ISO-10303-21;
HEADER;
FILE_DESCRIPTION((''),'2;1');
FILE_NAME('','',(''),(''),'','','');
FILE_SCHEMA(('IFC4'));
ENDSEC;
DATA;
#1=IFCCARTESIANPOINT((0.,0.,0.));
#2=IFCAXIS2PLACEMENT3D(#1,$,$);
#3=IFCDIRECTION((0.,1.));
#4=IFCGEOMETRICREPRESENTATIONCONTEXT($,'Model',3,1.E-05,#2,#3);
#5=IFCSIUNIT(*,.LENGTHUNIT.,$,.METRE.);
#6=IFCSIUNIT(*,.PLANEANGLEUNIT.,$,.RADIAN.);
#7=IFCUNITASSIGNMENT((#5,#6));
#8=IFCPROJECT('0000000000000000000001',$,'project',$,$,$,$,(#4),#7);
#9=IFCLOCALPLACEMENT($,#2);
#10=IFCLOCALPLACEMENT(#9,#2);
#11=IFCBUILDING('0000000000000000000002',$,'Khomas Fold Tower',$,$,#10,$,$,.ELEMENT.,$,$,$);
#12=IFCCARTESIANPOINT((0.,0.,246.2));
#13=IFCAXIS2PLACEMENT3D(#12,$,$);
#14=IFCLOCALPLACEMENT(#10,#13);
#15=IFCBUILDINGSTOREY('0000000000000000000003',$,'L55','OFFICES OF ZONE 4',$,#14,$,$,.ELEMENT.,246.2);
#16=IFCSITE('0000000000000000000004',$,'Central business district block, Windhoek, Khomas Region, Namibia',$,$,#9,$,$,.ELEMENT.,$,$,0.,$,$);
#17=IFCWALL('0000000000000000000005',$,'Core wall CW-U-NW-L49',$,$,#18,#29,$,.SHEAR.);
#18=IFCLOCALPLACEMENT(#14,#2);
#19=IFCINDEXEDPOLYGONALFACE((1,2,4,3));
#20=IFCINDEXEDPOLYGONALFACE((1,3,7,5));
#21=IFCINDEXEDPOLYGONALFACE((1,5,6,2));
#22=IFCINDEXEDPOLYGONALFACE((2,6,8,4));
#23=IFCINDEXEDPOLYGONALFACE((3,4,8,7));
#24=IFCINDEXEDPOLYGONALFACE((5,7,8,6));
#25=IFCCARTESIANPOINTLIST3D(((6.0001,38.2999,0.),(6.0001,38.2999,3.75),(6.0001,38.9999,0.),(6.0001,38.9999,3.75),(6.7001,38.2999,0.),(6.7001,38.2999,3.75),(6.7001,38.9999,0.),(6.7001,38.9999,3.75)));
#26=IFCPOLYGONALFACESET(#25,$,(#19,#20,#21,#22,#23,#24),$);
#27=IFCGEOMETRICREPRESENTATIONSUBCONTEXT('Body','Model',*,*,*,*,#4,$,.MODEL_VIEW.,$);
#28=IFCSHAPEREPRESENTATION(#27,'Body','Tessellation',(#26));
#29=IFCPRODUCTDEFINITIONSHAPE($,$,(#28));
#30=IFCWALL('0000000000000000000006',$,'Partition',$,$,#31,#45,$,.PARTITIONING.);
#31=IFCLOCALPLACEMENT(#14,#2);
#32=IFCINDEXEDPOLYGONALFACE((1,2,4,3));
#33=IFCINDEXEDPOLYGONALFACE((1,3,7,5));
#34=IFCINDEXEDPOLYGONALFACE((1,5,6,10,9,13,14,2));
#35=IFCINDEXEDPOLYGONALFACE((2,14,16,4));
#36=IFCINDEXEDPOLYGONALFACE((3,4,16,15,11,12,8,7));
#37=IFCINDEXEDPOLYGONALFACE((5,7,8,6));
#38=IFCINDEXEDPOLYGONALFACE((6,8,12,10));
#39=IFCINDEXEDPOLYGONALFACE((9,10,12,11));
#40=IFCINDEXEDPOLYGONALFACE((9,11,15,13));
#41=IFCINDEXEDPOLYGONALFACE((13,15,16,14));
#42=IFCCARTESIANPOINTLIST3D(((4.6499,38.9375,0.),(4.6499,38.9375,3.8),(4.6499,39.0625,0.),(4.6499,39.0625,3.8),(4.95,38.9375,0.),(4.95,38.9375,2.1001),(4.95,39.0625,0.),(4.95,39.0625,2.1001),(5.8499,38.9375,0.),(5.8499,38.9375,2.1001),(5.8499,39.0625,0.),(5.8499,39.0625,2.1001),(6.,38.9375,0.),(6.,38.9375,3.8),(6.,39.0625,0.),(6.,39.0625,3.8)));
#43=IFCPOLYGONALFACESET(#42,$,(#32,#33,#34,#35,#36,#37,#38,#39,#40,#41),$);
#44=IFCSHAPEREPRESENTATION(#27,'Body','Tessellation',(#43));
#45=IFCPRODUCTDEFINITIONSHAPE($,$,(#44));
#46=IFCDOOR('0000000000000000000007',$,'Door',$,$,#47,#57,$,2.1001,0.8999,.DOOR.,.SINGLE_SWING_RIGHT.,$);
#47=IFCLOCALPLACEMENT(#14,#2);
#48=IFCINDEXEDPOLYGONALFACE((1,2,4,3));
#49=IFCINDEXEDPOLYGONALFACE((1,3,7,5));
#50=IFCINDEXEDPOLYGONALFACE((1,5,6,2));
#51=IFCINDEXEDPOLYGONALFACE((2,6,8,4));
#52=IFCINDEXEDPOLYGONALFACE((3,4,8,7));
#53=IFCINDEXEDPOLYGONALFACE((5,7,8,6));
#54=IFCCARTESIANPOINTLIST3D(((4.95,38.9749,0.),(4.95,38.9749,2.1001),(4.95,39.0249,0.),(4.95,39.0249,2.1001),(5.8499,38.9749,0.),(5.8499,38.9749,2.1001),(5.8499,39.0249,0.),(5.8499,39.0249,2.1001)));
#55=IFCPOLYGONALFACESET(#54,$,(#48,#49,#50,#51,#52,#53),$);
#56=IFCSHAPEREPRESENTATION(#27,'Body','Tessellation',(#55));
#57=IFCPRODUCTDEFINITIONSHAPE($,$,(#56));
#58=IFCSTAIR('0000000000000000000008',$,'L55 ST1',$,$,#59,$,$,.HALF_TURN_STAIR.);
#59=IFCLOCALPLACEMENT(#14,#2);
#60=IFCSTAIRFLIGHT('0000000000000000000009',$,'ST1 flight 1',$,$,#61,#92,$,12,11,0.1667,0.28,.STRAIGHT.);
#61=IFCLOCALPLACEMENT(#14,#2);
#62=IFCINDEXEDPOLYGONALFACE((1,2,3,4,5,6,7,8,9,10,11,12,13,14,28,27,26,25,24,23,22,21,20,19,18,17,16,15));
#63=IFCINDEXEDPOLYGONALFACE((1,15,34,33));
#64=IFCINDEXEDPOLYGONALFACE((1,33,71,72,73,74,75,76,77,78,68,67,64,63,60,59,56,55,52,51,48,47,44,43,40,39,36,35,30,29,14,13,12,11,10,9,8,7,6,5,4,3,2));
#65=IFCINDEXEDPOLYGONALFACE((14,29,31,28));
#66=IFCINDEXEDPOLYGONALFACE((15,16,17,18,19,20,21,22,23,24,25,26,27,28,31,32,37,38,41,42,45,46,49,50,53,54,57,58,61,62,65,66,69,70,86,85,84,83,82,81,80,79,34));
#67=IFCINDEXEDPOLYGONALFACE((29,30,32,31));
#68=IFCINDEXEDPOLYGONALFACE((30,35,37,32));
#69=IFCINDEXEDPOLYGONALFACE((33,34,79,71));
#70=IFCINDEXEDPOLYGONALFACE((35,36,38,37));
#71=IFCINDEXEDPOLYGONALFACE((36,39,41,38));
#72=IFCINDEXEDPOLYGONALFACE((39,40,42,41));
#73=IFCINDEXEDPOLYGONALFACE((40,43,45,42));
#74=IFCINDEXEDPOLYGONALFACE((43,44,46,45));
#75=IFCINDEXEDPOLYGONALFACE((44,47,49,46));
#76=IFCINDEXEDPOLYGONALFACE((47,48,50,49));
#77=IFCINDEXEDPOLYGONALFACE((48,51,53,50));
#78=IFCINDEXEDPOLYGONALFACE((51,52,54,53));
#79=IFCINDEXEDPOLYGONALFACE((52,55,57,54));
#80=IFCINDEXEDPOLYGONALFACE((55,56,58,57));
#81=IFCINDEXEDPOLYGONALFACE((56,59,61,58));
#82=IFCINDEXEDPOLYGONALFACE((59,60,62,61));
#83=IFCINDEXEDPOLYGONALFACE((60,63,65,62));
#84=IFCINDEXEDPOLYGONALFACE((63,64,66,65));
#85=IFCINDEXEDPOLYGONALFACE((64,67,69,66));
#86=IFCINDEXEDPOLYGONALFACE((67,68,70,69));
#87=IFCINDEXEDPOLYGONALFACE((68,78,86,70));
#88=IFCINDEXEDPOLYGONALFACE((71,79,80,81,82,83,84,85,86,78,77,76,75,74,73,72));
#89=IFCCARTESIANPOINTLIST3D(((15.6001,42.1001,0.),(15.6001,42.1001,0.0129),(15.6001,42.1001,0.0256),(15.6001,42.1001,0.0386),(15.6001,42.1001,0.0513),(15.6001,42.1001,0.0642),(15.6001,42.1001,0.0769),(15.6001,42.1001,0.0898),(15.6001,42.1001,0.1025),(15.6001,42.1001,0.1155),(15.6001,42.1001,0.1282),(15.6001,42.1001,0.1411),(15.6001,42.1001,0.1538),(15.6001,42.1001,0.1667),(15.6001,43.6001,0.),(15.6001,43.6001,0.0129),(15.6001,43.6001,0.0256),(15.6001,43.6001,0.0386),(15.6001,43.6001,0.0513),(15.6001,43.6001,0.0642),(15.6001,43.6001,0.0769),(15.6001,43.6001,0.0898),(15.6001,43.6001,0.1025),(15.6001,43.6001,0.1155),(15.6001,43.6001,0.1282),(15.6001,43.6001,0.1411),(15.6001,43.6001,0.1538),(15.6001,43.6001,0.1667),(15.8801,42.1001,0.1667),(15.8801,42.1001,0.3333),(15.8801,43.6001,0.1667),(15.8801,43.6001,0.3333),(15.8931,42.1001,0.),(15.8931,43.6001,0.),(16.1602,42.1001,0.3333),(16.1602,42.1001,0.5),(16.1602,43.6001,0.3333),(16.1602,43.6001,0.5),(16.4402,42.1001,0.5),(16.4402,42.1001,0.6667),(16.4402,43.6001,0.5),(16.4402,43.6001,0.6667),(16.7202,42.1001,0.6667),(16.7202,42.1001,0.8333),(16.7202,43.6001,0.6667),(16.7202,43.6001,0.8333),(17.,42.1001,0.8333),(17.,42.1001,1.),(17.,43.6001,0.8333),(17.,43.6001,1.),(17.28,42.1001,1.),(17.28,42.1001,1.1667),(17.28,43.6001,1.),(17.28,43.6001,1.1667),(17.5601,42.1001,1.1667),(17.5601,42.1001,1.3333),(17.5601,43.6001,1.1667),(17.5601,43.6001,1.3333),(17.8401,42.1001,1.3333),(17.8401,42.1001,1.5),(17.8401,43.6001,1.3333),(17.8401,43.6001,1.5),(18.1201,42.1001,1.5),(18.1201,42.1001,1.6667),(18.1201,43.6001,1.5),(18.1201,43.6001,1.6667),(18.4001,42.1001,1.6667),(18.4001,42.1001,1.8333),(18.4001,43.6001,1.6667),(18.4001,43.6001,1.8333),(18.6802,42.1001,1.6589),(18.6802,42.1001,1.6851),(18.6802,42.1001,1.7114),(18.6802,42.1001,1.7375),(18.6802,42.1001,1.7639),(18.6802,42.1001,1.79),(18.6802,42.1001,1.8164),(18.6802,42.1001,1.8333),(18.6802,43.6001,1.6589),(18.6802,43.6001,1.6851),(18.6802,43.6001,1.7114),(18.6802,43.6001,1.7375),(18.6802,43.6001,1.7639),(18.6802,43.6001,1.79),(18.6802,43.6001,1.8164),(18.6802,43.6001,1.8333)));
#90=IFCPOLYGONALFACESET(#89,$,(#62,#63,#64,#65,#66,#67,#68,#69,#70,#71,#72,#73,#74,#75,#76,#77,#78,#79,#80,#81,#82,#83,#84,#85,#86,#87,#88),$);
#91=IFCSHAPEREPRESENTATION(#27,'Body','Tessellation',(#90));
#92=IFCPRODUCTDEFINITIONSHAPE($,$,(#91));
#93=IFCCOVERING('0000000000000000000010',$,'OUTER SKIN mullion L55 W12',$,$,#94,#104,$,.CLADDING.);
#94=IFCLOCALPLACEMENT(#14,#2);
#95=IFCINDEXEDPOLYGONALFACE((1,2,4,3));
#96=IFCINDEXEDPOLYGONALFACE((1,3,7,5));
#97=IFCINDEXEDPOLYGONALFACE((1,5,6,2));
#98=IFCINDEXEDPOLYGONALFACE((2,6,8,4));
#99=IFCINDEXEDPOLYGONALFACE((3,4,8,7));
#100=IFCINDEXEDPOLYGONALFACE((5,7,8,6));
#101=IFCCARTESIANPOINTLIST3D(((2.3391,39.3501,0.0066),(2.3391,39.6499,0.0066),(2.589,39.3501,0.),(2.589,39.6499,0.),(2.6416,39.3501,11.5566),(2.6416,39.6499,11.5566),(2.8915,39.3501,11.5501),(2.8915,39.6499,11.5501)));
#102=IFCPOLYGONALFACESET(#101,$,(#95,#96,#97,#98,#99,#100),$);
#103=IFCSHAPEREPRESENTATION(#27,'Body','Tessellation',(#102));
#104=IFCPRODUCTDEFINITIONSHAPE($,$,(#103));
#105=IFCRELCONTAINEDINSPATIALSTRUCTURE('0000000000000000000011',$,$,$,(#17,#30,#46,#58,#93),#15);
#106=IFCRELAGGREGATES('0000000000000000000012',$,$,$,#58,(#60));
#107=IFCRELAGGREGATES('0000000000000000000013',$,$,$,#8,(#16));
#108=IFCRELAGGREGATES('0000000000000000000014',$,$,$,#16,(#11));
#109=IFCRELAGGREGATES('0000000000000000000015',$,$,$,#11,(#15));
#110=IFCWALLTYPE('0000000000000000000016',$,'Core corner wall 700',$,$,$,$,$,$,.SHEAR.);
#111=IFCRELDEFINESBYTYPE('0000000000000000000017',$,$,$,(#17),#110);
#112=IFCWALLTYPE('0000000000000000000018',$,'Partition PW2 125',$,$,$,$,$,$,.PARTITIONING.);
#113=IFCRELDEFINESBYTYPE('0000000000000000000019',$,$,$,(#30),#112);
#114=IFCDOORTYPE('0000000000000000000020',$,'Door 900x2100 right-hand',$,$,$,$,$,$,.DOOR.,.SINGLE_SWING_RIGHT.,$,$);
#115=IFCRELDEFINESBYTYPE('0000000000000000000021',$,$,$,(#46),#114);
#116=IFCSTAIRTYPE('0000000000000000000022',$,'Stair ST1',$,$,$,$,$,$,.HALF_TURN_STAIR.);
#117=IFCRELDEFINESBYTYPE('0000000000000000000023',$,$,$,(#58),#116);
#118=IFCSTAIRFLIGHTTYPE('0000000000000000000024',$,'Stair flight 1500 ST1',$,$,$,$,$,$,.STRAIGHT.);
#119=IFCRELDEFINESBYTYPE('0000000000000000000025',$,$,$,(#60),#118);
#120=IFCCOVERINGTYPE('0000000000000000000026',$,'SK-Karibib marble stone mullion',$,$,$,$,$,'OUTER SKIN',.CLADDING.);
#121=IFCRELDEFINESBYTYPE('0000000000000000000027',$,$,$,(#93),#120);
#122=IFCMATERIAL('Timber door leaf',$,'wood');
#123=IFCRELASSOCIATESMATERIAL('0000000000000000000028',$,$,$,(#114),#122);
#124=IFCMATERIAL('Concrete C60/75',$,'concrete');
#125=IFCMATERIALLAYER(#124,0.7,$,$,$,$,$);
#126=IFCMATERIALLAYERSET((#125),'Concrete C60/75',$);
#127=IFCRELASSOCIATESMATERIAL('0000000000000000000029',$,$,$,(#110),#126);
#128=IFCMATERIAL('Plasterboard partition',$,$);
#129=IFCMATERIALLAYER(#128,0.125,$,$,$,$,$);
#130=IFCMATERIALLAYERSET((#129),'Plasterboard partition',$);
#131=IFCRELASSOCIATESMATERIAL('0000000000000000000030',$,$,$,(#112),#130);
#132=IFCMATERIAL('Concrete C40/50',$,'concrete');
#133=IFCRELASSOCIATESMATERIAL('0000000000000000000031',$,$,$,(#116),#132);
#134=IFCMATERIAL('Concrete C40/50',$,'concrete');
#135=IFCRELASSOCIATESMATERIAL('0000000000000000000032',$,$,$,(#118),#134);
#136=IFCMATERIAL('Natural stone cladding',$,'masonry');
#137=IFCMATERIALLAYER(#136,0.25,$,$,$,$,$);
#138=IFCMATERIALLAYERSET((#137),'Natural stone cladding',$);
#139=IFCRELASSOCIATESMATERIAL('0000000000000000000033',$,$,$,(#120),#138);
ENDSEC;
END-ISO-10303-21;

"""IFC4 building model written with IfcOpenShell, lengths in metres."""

from ifc_helpers import new_model, si_unit, direction, frame, frame_2d, origin, place, context, subcontext, project, spatial, polyline, rectangle, outline, extrude, source, transform, mapped, material, layer, layer_set, type_object, element, fill, aggregate, save


model = new_model("IFC4")

# Units and contexts
model_context = context("Model", 3, precision=1e-05, world=origin(), true_north=direction((0.0, 1.0)))
body_context = subcontext(model_context, "Body", "Model", "MODEL_VIEW")
ifc_project = project(units=[si_unit("LENGTHUNIT", "METRE"), si_unit("PLANEANGLEUNIT", "RADIAN")], contexts=[model_context])

# Site, building, storey
site_placement = place(None, origin())
site = spatial("IfcSite", under=ifc_project, at=site_placement, Name="Central business district block, Windhoek, Khomas Region, Namibia", CompositionType="ELEMENT", RefElevation=0.0)
building_placement = place(site_placement, origin())
building = spatial("IfcBuilding", under=site, at=building_placement, Name="Khomas Fold Tower", CompositionType="ELEMENT")
storey_placement = place(building_placement, frame((0.0, 0.0, 246.2)))
storey = spatial("IfcBuildingStorey", under=building, at=storey_placement, Name="L55", Description="OFFICES OF ZONE 4", CompositionType="ELEMENT", Elevation=246.2)

# Shared definitions
ifc_material_1 = material(Name="Timber door leaf", Category="wood")
door_type = type_object("IfcDoorType", Name="Door 900x2100 right-hand", OperationType="SINGLE_SWING_RIGHT", PredefinedType="DOOR", material=ifc_material_1)

# Wall
ifc_material_2 = material(Name="Concrete C60/75", Category="concrete")
ifc_layer_1 = layer(ifc_material_2, 0.7)
ifc_layer_set_1 = layer_set([ifc_layer_1], Name="Concrete C60/75")
wall_type_1 = type_object("IfcWallType", Name="Core corner wall 700", PredefinedType="SHEAR", material=ifc_layer_set_1)
shared_shape_1 = source(origin(), body_context, "Body", "SweptSolid", [
    extrude(rectangle(XDim=0.7, YDim=0.7, at=frame_2d((0.3501, 0.0))), origin(), (0.0, 0.0, 1.0), 3.75),
])
wall_1_placement = place(storey_placement, frame((6.0, 38.6499, 0.0), z_axis=(0.0, 0.0, 1.0), x_axis=(1.0, 0.0, 0.0)))
element("IfcWall", 1, at=wall_1_placement, inside=storey, type_object=wall_type_1, Name="Core wall CW-U-NW-L49", PredefinedType="SHEAR", context=body_context, shape_type="MappedRepresentation", body=[
    mapped(shared_shape_1, transform((0.0, 0.0, 0.0))),
])

# Wall, opening, door
ifc_material_3 = material(Name="Plasterboard partition")
ifc_layer_2 = layer(ifc_material_3, 0.125)
ifc_layer_set_2 = layer_set([ifc_layer_2], Name="Plasterboard partition")
wall_type_2 = type_object("IfcWallType", Name="Partition PW2 125", PredefinedType="PARTITIONING", material=ifc_layer_set_2)
shared_shape_2 = source(origin(), body_context, "Body", "SweptSolid", [
    extrude(rectangle(XDim=1.3501, YDim=0.125, at=frame_2d((0.675, 0.0))), origin(), (0.0, 0.0, 1.0), 3.8),
])
wall_2_placement = place(storey_placement, frame((4.6499, 39.0, 0.0), z_axis=(0.0, 0.0, 1.0), x_axis=(1.0, 0.0, 0.0)))
wall_2 = element("IfcWall", 2, at=wall_2_placement, inside=storey, type_object=wall_type_2, Name="Partition", PredefinedType="PARTITIONING", context=body_context, shape_type="MappedRepresentation", body=[
    mapped(shared_shape_2, transform((0.0, 0.0, 0.0))),
])
shared_shape_3 = source(origin(), body_context, "Body", "SweptSolid", [
    extrude(rectangle(XDim=0.8999, YDim=2.1001, at=frame_2d((0.45, 1.05))), frame((0.0, 0.0725, 0.0), z_axis=(0.0, -1.0, 0.0), x_axis=(1.0, 0.0, 0.0)), (0.0, 0.0, 1.0), 0.145),
])
opening_1_placement = place(wall_2_placement, frame((0.3, 0.0, 0.0)))
opening_1 = element("IfcOpeningElement", 3, at=opening_1_placement, cuts=wall_2, PredefinedType="OPENING", context=body_context, shape_type="MappedRepresentation", body=[
    mapped(shared_shape_3, transform((0.0, 0.0, 0.0))),
])
shared_shape_4 = source(origin(), body_context, "Body", "SweptSolid", [
    extrude(rectangle(XDim=0.8999, YDim=2.1001, at=frame_2d((0.45, 1.05))), frame((0.0, 0.0249, 0.0), z_axis=(0.0, -1.0, 0.0), x_axis=(1.0, 0.0, 0.0)), (0.0, 0.0, 1.0), 0.05),
])
door_1_placement = place(opening_1_placement, origin())
door_1 = element("IfcDoor", 4, at=door_1_placement, inside=storey, type_object=door_type, Name="Door", OperationType="SINGLE_SWING_RIGHT", OverallHeight=2.1001, OverallWidth=0.8999, PredefinedType="DOOR", context=body_context, shape_type="MappedRepresentation", body=[
    mapped(shared_shape_4, transform((0.0, 0.0, 0.0))),
])
fill(opening_1, door_1)

# Stair, stair flight
ifc_material_4 = material(Name="Concrete C40/50", Category="concrete")
stair_type = type_object("IfcStairType", Name="Stair ST1", PredefinedType="HALF_TURN_STAIR", material=ifc_material_4)
stair_placement = place(storey_placement, origin())
stair = element("IfcStair", 5, at=stair_placement, inside=storey, type_object=stair_type, Name="L55 ST1", PredefinedType="HALF_TURN_STAIR")
ifc_material_5 = material(Name="Concrete C40/50", Category="concrete")
stair_flight_type = type_object("IfcStairFlightType", Name="Stair flight 1500 ST1", PredefinedType="STRAIGHT", material=ifc_material_5)
shared_shape_5 = source(origin(), body_context, "Body", "SweptSolid", [
    extrude(outline(polyline([(0.0, 0.0), (0.0, 0.0129), (0.0, 0.0256), (0.0, 0.0386), (0.0, 0.0513), (0.0, 0.0642), (0.0, 0.0769), (0.0, 0.0898), (0.0, 0.1025), (0.0, 0.1155), (0.0, 0.1282), (0.0, 0.1411), (0.0, 0.1538), (0.0, 0.1667), (0.28, 0.1667), (0.28, 0.3333), (0.5601, 0.3333), (0.5601, 0.5), (0.8401, 0.5), (0.8401, 0.6667), (1.1201, 0.6667), (1.1201, 0.8333), (1.3999, 0.8333), (1.3999, 1.0), (1.6799, 1.0), (1.6799, 1.1667), (1.96, 1.1667), (1.96, 1.3333), (2.24, 1.3333), (2.24, 1.5), (2.52, 1.5), (2.52, 1.6667), (2.8, 1.6667), (2.8, 1.8333), (3.0801, 1.8333), (3.0801, 2.0), (3.0801, 1.9739), (3.0801, 1.9475), (3.0801, 1.9214), (3.0801, 1.895), (3.0801, 1.8689), (3.0801, 1.8425), (3.0801, 1.8164), (3.0801, 1.79), (3.0801, 1.7639), (3.0801, 1.7375), (3.0801, 1.7114), (3.0801, 1.6851), (3.0801, 1.6589), (0.293, 0.0), (0.0, 0.0)])), frame((0.0, 0.75, 0.0), z_axis=(0.0, -1.0, 0.0), x_axis=(1.0, 0.0, 0.0)), (0.0, 0.0, 1.0), 1.5),
])
stair_flight_placement = place(storey_placement, frame((15.6001, 42.8501, 0.0), z_axis=(0.0, 0.0, 1.0), x_axis=(1.0, 0.0, 0.0)))
stair_flight = element("IfcStairFlight", 6, at=stair_flight_placement, type_object=stair_flight_type, Name="ST1 flight 1", NumberOfRisers=12, NumberOfTreads=11, PredefinedType="STRAIGHT", RiserHeight=0.1667, TreadLength=0.28, context=body_context, shape_type="MappedRepresentation", body=[
    mapped(shared_shape_5, transform((0.0, 0.0, 0.0))),
])
aggregate(stair, [stair_flight])

# Covering
ifc_material_6 = material(Name="Natural stone cladding", Category="masonry")
ifc_layer_3 = layer(ifc_material_6, 0.25)
ifc_layer_set_3 = layer_set([ifc_layer_3], Name="Natural stone cladding")
covering_type = type_object("IfcCoveringType", Name="SK-Karibib marble stone mullion", ElementType="OUTER SKIN", PredefinedType="CLADDING", material=ifc_layer_set_3)
covering_placement = place(storey_placement, frame((2.3391, 39.3501, 0.0066), z_axis=(-0.999657, 0.0, 0.026181), x_axis=(0.0, 1.0, 0.0)))
element("IfcCovering", 7, at=covering_placement, inside=storey, type_object=covering_type, Name="OUTER SKIN mullion L55 W12", PredefinedType="CLADDING", context=body_context, shape_type="SweptSolid", body=[
    extrude(outline(polyline([(0.0, 0.0), (0.2998, 0.0), (0.2998, -11.554), (0.0, -11.554), (0.0, 0.0)])), origin(), (0.0, 0.0, -1.0), 0.25),
])

save(model, "model.ifc")
